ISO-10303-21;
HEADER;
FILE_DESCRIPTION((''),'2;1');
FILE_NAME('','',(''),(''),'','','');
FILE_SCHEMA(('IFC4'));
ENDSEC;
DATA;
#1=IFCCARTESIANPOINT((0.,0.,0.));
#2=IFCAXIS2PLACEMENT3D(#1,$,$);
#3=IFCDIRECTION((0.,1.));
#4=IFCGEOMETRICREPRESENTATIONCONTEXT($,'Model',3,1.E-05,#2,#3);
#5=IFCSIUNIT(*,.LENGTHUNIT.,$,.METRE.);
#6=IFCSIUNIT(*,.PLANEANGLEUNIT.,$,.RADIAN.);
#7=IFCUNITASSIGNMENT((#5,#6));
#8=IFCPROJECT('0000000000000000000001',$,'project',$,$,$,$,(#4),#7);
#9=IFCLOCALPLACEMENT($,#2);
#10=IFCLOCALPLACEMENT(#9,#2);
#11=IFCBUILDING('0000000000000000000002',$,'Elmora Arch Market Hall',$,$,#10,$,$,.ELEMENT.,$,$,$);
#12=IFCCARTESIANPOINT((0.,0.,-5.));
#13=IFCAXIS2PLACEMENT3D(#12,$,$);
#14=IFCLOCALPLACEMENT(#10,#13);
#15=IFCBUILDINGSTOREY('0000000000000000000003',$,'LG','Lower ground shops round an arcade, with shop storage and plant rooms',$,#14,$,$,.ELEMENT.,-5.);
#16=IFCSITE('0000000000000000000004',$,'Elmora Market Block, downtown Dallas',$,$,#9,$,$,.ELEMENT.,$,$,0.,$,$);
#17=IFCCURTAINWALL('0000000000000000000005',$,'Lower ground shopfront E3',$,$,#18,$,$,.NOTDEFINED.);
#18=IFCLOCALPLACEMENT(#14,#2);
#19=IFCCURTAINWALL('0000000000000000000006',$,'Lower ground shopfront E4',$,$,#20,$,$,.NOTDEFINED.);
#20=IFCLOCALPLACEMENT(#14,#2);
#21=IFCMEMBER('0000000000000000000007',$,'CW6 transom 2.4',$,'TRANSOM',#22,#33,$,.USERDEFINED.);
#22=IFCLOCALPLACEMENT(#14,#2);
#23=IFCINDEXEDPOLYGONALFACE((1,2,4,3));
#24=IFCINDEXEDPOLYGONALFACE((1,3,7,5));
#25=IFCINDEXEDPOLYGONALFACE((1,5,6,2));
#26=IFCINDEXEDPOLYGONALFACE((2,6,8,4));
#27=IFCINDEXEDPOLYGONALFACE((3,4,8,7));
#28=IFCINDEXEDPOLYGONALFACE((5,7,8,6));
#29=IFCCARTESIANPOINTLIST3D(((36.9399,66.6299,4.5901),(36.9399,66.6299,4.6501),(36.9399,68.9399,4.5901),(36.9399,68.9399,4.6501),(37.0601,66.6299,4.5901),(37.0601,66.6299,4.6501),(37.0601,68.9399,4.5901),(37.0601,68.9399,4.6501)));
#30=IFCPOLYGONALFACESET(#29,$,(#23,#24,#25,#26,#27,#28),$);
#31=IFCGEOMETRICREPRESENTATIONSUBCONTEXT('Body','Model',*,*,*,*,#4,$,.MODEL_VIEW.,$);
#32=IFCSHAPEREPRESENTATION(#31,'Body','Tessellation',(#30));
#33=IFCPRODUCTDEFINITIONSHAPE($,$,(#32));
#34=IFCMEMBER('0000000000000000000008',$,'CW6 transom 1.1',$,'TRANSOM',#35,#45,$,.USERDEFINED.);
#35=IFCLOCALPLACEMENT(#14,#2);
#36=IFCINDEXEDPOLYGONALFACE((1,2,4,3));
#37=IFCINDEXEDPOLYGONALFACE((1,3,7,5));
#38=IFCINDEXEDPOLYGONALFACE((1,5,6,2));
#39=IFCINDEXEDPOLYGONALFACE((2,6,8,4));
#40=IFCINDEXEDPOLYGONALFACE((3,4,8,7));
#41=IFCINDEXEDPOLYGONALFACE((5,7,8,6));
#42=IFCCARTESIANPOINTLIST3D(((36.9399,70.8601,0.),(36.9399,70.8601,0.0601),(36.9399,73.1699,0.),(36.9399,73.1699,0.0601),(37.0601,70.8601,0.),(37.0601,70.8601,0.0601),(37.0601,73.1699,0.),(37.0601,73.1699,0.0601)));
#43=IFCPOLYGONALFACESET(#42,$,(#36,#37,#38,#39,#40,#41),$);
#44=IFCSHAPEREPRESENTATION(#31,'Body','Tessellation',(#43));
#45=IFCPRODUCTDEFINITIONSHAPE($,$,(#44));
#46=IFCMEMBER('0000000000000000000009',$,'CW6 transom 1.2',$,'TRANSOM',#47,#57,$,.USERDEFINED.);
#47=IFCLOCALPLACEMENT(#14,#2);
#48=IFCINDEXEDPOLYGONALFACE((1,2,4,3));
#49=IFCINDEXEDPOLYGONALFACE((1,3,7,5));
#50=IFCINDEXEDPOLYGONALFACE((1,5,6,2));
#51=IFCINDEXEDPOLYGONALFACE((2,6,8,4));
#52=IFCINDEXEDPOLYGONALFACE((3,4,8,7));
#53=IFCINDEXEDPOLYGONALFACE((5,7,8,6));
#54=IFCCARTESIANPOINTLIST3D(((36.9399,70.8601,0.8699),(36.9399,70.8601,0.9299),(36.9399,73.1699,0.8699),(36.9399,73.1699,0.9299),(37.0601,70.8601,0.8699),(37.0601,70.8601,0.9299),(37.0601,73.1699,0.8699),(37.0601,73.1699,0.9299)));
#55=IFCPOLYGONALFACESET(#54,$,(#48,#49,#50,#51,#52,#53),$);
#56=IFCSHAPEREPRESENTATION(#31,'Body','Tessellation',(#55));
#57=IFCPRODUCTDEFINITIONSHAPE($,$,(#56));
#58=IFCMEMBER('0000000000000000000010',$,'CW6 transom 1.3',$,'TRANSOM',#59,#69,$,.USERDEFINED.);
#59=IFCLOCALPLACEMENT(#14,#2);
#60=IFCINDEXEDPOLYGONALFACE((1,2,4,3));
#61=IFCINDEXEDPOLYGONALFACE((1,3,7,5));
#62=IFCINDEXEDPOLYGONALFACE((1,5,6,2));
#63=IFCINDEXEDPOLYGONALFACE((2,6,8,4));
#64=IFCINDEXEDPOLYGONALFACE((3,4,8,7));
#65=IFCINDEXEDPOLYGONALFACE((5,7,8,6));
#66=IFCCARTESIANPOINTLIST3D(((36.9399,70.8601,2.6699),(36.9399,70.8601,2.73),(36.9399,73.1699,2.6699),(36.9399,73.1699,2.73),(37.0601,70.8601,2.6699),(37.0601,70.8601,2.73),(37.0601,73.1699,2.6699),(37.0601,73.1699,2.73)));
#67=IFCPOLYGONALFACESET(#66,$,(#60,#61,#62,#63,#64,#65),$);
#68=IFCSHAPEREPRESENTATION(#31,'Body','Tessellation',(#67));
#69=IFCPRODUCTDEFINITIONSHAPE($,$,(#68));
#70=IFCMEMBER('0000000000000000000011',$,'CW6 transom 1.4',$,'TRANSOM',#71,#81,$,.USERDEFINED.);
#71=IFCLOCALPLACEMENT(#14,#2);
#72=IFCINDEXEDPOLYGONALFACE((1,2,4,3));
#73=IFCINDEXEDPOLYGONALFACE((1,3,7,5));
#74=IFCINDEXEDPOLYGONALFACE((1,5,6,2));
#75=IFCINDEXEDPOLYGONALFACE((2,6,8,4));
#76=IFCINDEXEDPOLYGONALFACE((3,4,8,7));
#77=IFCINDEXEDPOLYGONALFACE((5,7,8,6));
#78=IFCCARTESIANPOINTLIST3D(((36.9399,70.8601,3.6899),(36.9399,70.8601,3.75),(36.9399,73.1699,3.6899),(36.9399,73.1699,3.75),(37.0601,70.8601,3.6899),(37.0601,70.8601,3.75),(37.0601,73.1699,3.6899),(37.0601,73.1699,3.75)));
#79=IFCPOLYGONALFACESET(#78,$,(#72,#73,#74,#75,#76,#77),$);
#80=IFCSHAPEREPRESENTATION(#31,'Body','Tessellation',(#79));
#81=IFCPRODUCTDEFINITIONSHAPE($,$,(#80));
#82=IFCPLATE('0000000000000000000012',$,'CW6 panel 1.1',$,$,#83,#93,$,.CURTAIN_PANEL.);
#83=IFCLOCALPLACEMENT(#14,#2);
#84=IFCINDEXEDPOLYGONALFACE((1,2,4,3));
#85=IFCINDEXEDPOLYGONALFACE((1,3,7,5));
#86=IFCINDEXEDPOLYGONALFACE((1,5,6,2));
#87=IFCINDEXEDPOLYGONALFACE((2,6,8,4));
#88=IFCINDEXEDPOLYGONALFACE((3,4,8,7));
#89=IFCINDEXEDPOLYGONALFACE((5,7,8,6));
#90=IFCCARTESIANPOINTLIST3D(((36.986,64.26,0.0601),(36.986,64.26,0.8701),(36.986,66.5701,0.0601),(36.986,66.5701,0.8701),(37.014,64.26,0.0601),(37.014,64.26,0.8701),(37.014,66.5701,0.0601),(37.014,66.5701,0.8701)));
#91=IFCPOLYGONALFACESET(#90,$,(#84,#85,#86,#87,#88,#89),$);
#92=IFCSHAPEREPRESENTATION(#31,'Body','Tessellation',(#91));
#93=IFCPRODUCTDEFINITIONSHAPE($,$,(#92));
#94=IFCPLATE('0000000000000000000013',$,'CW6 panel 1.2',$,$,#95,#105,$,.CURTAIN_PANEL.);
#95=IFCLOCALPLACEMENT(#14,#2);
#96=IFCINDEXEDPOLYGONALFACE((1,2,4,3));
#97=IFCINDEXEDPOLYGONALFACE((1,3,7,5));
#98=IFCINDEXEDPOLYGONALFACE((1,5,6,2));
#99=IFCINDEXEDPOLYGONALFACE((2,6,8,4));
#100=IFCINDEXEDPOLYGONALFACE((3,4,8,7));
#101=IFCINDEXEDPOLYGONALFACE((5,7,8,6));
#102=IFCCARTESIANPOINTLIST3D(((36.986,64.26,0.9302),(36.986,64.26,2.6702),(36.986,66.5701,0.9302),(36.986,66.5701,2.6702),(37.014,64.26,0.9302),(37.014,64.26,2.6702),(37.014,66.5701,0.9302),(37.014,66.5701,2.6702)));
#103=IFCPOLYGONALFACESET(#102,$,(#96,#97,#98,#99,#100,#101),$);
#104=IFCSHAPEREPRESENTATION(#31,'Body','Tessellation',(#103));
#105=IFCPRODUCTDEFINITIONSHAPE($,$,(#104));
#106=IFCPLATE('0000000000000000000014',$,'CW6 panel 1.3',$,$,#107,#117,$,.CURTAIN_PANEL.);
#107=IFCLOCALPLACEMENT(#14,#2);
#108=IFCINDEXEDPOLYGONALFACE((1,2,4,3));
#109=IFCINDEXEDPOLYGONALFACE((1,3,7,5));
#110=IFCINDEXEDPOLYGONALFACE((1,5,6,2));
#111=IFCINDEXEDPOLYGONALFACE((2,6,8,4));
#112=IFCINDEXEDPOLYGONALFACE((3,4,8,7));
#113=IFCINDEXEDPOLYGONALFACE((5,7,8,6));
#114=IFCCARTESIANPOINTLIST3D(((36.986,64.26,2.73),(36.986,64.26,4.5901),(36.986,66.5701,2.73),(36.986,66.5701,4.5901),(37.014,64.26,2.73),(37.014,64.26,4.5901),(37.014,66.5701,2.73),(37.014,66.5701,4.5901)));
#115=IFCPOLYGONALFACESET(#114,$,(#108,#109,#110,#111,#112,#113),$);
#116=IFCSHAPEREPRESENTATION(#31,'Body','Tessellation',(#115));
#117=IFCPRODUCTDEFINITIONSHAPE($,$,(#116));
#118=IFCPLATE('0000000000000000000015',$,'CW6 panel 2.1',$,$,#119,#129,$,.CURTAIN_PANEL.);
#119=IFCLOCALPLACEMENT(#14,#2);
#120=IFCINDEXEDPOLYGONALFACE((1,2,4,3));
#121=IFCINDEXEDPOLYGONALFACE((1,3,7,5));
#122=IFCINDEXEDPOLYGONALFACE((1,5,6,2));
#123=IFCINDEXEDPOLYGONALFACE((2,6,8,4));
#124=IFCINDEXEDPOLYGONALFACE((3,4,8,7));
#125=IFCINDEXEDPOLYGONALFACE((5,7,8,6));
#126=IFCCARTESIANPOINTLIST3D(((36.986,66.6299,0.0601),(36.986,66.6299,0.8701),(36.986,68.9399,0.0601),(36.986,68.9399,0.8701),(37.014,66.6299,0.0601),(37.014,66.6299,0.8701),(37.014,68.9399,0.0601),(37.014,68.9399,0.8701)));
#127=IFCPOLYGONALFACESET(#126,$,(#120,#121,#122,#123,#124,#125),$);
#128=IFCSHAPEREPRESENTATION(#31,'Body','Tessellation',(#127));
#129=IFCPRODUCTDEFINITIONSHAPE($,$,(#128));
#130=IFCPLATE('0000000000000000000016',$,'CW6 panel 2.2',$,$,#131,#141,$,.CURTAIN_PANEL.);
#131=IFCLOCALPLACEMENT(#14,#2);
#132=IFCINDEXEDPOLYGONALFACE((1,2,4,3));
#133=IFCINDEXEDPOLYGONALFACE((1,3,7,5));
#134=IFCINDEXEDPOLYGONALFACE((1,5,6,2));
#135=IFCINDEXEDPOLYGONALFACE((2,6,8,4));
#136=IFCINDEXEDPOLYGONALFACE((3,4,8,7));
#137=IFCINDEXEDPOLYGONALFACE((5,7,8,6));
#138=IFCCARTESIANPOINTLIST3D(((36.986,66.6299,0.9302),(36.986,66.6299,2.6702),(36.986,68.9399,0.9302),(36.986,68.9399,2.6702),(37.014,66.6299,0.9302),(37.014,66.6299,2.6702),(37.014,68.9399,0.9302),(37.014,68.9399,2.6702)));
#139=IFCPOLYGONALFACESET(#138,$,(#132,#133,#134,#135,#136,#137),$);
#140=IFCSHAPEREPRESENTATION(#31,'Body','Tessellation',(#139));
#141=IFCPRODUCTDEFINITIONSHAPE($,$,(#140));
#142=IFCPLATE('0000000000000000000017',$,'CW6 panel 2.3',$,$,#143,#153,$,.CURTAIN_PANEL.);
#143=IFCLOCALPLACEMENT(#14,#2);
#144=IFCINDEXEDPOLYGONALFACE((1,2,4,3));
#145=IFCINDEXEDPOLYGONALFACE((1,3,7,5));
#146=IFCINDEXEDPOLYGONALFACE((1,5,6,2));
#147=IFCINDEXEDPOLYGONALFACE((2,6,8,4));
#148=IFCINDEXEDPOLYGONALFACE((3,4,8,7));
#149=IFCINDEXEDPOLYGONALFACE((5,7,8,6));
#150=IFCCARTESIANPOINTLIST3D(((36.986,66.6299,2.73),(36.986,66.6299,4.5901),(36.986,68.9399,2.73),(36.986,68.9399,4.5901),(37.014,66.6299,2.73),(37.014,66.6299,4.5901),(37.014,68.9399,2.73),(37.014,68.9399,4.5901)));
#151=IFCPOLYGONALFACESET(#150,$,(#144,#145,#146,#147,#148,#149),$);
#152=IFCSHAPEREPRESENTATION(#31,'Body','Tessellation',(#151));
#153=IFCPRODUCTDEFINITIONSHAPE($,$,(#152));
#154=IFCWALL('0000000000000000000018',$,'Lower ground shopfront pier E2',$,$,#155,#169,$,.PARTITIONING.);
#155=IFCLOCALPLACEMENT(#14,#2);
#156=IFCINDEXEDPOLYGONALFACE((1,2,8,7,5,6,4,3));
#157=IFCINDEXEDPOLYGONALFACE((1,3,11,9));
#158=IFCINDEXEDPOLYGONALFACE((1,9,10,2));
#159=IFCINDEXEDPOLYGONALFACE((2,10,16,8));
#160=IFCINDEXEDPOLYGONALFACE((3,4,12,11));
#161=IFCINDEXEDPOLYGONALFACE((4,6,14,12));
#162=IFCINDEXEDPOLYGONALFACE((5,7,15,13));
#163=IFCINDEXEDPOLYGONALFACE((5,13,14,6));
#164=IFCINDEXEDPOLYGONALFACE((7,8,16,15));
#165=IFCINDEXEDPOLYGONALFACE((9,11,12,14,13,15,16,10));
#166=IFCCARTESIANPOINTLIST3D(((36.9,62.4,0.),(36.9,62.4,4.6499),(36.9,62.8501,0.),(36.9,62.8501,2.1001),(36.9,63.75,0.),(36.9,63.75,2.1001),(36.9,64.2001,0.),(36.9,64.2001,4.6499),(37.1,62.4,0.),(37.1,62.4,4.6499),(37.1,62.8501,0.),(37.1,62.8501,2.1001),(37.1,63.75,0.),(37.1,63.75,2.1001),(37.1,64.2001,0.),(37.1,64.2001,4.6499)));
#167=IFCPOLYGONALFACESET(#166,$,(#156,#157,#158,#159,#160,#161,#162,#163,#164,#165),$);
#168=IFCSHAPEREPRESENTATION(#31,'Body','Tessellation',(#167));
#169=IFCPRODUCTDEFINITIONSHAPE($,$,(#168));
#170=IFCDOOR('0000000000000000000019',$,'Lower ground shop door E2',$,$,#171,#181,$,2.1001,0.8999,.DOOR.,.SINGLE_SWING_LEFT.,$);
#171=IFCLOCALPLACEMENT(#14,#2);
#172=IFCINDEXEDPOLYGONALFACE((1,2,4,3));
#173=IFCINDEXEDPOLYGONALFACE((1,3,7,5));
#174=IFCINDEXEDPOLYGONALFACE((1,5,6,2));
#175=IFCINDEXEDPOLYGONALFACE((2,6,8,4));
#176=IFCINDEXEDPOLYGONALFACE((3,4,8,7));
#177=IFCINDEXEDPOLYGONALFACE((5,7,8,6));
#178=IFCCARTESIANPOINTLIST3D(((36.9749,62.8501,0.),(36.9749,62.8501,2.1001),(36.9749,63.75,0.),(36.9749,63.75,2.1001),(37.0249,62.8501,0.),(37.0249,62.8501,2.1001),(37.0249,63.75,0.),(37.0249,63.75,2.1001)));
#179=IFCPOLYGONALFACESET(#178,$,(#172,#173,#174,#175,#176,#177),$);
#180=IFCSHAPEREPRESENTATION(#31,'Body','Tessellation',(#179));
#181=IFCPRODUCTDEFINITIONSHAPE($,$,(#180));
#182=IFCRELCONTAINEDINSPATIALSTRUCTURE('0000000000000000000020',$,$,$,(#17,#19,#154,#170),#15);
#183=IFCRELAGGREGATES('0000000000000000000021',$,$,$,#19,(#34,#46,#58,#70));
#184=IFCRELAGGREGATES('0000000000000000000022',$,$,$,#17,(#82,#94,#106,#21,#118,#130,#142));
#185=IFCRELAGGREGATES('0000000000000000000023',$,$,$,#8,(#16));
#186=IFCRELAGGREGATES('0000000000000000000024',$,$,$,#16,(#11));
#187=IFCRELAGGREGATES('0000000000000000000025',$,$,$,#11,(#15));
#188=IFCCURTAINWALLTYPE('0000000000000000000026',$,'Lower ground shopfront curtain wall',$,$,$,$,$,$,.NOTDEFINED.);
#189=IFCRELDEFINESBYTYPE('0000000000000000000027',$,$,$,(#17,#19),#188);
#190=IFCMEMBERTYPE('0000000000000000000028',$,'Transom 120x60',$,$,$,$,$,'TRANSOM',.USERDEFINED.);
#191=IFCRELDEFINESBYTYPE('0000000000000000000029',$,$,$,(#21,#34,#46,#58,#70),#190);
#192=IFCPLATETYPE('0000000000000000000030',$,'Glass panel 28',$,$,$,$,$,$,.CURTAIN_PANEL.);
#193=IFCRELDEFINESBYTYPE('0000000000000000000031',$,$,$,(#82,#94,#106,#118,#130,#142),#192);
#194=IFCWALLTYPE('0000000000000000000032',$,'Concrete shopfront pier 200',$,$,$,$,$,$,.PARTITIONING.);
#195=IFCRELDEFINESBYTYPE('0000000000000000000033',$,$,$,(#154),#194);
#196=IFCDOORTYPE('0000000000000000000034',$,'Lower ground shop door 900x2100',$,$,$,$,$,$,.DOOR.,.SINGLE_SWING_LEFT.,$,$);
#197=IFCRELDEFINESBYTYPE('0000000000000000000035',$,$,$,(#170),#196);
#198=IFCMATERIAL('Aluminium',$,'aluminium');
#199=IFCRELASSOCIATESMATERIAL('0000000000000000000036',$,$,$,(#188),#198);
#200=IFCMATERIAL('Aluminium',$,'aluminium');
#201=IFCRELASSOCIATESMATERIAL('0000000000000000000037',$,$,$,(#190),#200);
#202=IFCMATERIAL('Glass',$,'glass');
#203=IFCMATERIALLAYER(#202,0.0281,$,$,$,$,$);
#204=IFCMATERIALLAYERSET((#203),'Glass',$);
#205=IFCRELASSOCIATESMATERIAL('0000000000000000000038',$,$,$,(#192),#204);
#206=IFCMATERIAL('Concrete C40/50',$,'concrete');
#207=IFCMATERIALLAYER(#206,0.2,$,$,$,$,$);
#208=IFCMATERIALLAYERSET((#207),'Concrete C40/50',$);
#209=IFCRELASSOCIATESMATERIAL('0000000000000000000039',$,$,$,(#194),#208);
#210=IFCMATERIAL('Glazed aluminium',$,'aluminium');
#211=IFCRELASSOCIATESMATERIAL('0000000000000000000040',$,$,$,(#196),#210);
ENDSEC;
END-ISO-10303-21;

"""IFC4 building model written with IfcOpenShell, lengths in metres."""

from ifc_helpers import new_model, si_unit, direction, frame, frame_2d, origin, origin_2d, place, context, subcontext, project, spatial, rectangle, extrude, material, layer, layer_set, material_profile, profile_set, type_object, element, fill, aggregate, save


model = new_model("IFC4")

# Units and contexts
model_context = context("Model", 3, precision=1e-05, world=origin(), true_north=direction((0.0, 1.0)))
body_context = subcontext(model_context, "Body", "Model", "MODEL_VIEW")
ifc_project = project(units=[si_unit("LENGTHUNIT", "METRE"), si_unit("PLANEANGLEUNIT", "RADIAN")], contexts=[model_context])

# Site, building, storey
site_placement = place(None, origin())
site = spatial("IfcSite", under=ifc_project, at=site_placement, Name="Elmora Market Block, downtown Dallas", CompositionType="ELEMENT", RefElevation=0.0)
building_placement = place(site_placement, origin())
building = spatial("IfcBuilding", under=site, at=building_placement, Name="Elmora Arch Market Hall", CompositionType="ELEMENT")
storey_placement = place(building_placement, frame((0.0, 0.0, -5.0)))
storey = spatial("IfcBuildingStorey", under=building, at=storey_placement, Name="LG", Description="Lower ground shops round an arcade, with shop storage and plant rooms", CompositionType="ELEMENT", Elevation=-5.0)

# Curtain wall
ifc_material_1 = material(Name="Aluminium", Category="aluminium")
curtain_wall_type = type_object("IfcCurtainWallType", Name="Lower ground shopfront curtain wall", PredefinedType="NOTDEFINED", material=ifc_material_1)
curtain_wall_1_placement = place(storey_placement, origin())
curtain_wall_1 = element("IfcCurtainWall", 1, at=curtain_wall_1_placement, inside=storey, type_object=curtain_wall_type, Name="Lower ground shopfront E3", PredefinedType="NOTDEFINED")

# Curtain wall
curtain_wall_2_placement = place(storey_placement, origin())
curtain_wall_2 = element("IfcCurtainWall", 2, at=curtain_wall_2_placement, inside=storey, type_object=curtain_wall_type, Name="Lower ground shopfront E4", PredefinedType="NOTDEFINED")

# Members
ifc_material_2 = material(Name="Aluminium", Category="aluminium")
ifc_material_profile_1 = material_profile(ifc_material_2, rectangle(XDim=0.1201, YDim=0.0601, at=origin_2d()), Name="AL 120x60")
ifc_profile_set_1 = profile_set([ifc_material_profile_1], Name="Aluminium")
member_type_1 = type_object("IfcMemberType", Name="Transom 120x60", ElementType="TRANSOM", PredefinedType="USERDEFINED", material=ifc_profile_set_1)
member_1_placement = place(storey_placement, frame((37.0, 66.6299, 4.6201), z_axis=(0.0, 1.0, 0.0), x_axis=(-1.0, 0.0, 0.0)))
member_1 = element("IfcMember", 3, at=member_1_placement, type_object=member_type_1, Name="CW6 transom 2.4", ObjectType="TRANSOM", PredefinedType="USERDEFINED", context=body_context, shape_type="SweptSolid", body=[
    extrude(rectangle(XDim=0.1201, YDim=0.0601, at=origin_2d()), origin(), (0.0, 0.0, 1.0), 2.3101),
])
member_2_placement = place(storey_placement, frame((37.0, 70.8601, 0.03), z_axis=(0.0, 1.0, 0.0), x_axis=(-1.0, 0.0, 0.0)))
member_2 = element("IfcMember", 4, at=member_2_placement, type_object=member_type_1, Name="CW6 transom 1.1", ObjectType="TRANSOM", PredefinedType="USERDEFINED", context=body_context, shape_type="SweptSolid", body=[
    extrude(rectangle(XDim=0.1201, YDim=0.0601, at=origin_2d()), origin(), (0.0, 0.0, 1.0), 2.3098),
])
member_3_placement = place(storey_placement, frame((37.0, 70.8601, 0.8999), z_axis=(0.0, 1.0, 0.0), x_axis=(-1.0, 0.0, 0.0)))
member_3 = element("IfcMember", 5, at=member_3_placement, type_object=member_type_1, Name="CW6 transom 1.2", ObjectType="TRANSOM", PredefinedType="USERDEFINED", context=body_context, shape_type="SweptSolid", body=[
    extrude(rectangle(XDim=0.1201, YDim=0.0601, at=origin_2d()), origin(), (0.0, 0.0, 1.0), 2.3098),
])
member_4_placement = place(storey_placement, frame((37.0, 70.8601, 2.7), z_axis=(0.0, 1.0, 0.0), x_axis=(-1.0, 0.0, 0.0)))
member_4 = element("IfcMember", 6, at=member_4_placement, type_object=member_type_1, Name="CW6 transom 1.3", ObjectType="TRANSOM", PredefinedType="USERDEFINED", context=body_context, shape_type="SweptSolid", body=[
    extrude(rectangle(XDim=0.1201, YDim=0.0601, at=origin_2d()), origin(), (0.0, 0.0, 1.0), 2.3098),
])
member_5_placement = place(storey_placement, frame((37.0, 70.8601, 3.72), z_axis=(0.0, 1.0, 0.0), x_axis=(-1.0, 0.0, 0.0)))
member_5 = element("IfcMember", 7, at=member_5_placement, type_object=member_type_1, Name="CW6 transom 1.4", ObjectType="TRANSOM", PredefinedType="USERDEFINED", context=body_context, shape_type="SweptSolid", body=[
    extrude(rectangle(XDim=0.1201, YDim=0.0601, at=origin_2d()), origin(), (0.0, 0.0, 1.0), 2.3098),
])
aggregate(curtain_wall_2, [member_2, member_3, member_4, member_5])

# Plates
ifc_material_3 = material(Name="Glass", Category="glass")
ifc_layer_1 = layer(ifc_material_3, 0.0281)
ifc_layer_set_1 = layer_set([ifc_layer_1], Name="Glass")
plate_type = type_object("IfcPlateType", Name="Glass panel 28", PredefinedType="CURTAIN_PANEL", material=ifc_layer_set_1)
plate_1_placement = place(storey_placement, frame((37.0, 65.415, 0.0601), z_axis=(0.0, 0.0, 1.0), x_axis=(0.0, 1.0, 0.0)))
plate_1 = element("IfcPlate", 8, at=plate_1_placement, type_object=plate_type, Name="CW6 panel 1.1", PredefinedType="CURTAIN_PANEL", context=body_context, shape_type="SweptSolid", body=[
    extrude(rectangle(XDim=2.3101, YDim=0.0281, at=origin_2d()), origin(), (0.0, 0.0, 1.0), 0.8101),
])
plate_2_placement = place(storey_placement, frame((37.0, 65.415, 0.9302), z_axis=(0.0, 0.0, 1.0), x_axis=(0.0, 1.0, 0.0)))
plate_2 = element("IfcPlate", 9, at=plate_2_placement, type_object=plate_type, Name="CW6 panel 1.2", PredefinedType="CURTAIN_PANEL", context=body_context, shape_type="SweptSolid", body=[
    extrude(rectangle(XDim=2.3101, YDim=0.0281, at=origin_2d()), origin(), (0.0, 0.0, 1.0), 1.74),
])
plate_3_placement = place(storey_placement, frame((37.0, 65.415, 2.73), z_axis=(0.0, 0.0, 1.0), x_axis=(0.0, 1.0, 0.0)))
plate_3 = element("IfcPlate", 10, at=plate_3_placement, type_object=plate_type, Name="CW6 panel 1.3", PredefinedType="CURTAIN_PANEL", context=body_context, shape_type="SweptSolid", body=[
    extrude(rectangle(XDim=2.3101, YDim=0.0281, at=origin_2d()), origin(), (0.0, 0.0, 1.0), 1.8601),
])
plate_4_placement = place(storey_placement, frame((37.0, 67.7849, 0.0601), z_axis=(0.0, 0.0, 1.0), x_axis=(0.0, 1.0, 0.0)))
plate_4 = element("IfcPlate", 11, at=plate_4_placement, type_object=plate_type, Name="CW6 panel 2.1", PredefinedType="CURTAIN_PANEL", context=body_context, shape_type="SweptSolid", body=[
    extrude(rectangle(XDim=2.3101, YDim=0.0281, at=origin_2d()), origin(), (0.0, 0.0, 1.0), 0.8101),
])
plate_5_placement = place(storey_placement, frame((37.0, 67.7849, 0.9302), z_axis=(0.0, 0.0, 1.0), x_axis=(0.0, 1.0, 0.0)))
plate_5 = element("IfcPlate", 12, at=plate_5_placement, type_object=plate_type, Name="CW6 panel 2.2", PredefinedType="CURTAIN_PANEL", context=body_context, shape_type="SweptSolid", body=[
    extrude(rectangle(XDim=2.3101, YDim=0.0281, at=origin_2d()), origin(), (0.0, 0.0, 1.0), 1.74),
])
plate_6_placement = place(storey_placement, frame((37.0, 67.7849, 2.73), z_axis=(0.0, 0.0, 1.0), x_axis=(0.0, 1.0, 0.0)))
plate_6 = element("IfcPlate", 13, at=plate_6_placement, type_object=plate_type, Name="CW6 panel 2.3", PredefinedType="CURTAIN_PANEL", context=body_context, shape_type="SweptSolid", body=[
    extrude(rectangle(XDim=2.3101, YDim=0.0281, at=origin_2d()), origin(), (0.0, 0.0, 1.0), 1.8601),
])
aggregate(curtain_wall_1, [plate_1, plate_2, plate_3, member_1, plate_4, plate_5, plate_6])

# Wall, opening, door
ifc_material_4 = material(Name="Concrete C40/50", Category="concrete")
ifc_layer_2 = layer(ifc_material_4, 0.2)
ifc_layer_set_2 = layer_set([ifc_layer_2], Name="Concrete C40/50")
wall_type = type_object("IfcWallType", Name="Concrete shopfront pier 200", PredefinedType="PARTITIONING", material=ifc_layer_set_2)
wall_1_placement = place(storey_placement, frame((37.0, 64.2, 0.0), z_axis=(0.0, 0.0, 1.0), x_axis=(0.0, -1.0, 0.0)))
wall_1 = element("IfcWall", 14, at=wall_1_placement, inside=storey, type_object=wall_type, Name="Lower ground shopfront pier E2", PredefinedType="PARTITIONING", context=body_context, shape_type="SweptSolid", body=[
    extrude(rectangle(XDim=1.8, YDim=0.2, at=frame_2d((0.8999, 0.0))), origin(), (0.0, 0.0, 1.0), 4.6499),
])
opening_1_placement = place(wall_1_placement, frame((0.45, 0.0, 0.0)))
opening_1 = element("IfcOpeningElement", 15, at=opening_1_placement, cuts=wall_1, PredefinedType="OPENING", context=body_context, shape_type="SweptSolid", body=[
    extrude(rectangle(XDim=0.8999, YDim=2.1001, at=frame_2d((0.45, 1.05))), frame((0.0, 0.1099, 0.0), z_axis=(0.0, -1.0, 0.0), x_axis=(1.0, 0.0, 0.0)), (0.0, 0.0, 1.0), 0.22),
])
ifc_material_5 = material(Name="Glazed aluminium", Category="aluminium")
door_type = type_object("IfcDoorType", Name="Lower ground shop door 900x2100", OperationType="SINGLE_SWING_LEFT", PredefinedType="DOOR", material=ifc_material_5)
door_1_placement = place(opening_1_placement, origin())
door_1 = element("IfcDoor", 16, at=door_1_placement, inside=storey, type_object=door_type, Name="Lower ground shop door E2", OperationType="SINGLE_SWING_LEFT", OverallHeight=2.1001, OverallWidth=0.8999, PredefinedType="DOOR", context=body_context, shape_type="SweptSolid", body=[
    extrude(rectangle(XDim=0.8999, YDim=2.1001, at=frame_2d((0.45, 1.05))), frame((0.0, 0.0249, 0.0), z_axis=(0.0, -1.0, 0.0), x_axis=(1.0, 0.0, 0.0)), (0.0, 0.0, 1.0), 0.05),
])
fill(opening_1, door_1)

save(model, "model.ifc")
